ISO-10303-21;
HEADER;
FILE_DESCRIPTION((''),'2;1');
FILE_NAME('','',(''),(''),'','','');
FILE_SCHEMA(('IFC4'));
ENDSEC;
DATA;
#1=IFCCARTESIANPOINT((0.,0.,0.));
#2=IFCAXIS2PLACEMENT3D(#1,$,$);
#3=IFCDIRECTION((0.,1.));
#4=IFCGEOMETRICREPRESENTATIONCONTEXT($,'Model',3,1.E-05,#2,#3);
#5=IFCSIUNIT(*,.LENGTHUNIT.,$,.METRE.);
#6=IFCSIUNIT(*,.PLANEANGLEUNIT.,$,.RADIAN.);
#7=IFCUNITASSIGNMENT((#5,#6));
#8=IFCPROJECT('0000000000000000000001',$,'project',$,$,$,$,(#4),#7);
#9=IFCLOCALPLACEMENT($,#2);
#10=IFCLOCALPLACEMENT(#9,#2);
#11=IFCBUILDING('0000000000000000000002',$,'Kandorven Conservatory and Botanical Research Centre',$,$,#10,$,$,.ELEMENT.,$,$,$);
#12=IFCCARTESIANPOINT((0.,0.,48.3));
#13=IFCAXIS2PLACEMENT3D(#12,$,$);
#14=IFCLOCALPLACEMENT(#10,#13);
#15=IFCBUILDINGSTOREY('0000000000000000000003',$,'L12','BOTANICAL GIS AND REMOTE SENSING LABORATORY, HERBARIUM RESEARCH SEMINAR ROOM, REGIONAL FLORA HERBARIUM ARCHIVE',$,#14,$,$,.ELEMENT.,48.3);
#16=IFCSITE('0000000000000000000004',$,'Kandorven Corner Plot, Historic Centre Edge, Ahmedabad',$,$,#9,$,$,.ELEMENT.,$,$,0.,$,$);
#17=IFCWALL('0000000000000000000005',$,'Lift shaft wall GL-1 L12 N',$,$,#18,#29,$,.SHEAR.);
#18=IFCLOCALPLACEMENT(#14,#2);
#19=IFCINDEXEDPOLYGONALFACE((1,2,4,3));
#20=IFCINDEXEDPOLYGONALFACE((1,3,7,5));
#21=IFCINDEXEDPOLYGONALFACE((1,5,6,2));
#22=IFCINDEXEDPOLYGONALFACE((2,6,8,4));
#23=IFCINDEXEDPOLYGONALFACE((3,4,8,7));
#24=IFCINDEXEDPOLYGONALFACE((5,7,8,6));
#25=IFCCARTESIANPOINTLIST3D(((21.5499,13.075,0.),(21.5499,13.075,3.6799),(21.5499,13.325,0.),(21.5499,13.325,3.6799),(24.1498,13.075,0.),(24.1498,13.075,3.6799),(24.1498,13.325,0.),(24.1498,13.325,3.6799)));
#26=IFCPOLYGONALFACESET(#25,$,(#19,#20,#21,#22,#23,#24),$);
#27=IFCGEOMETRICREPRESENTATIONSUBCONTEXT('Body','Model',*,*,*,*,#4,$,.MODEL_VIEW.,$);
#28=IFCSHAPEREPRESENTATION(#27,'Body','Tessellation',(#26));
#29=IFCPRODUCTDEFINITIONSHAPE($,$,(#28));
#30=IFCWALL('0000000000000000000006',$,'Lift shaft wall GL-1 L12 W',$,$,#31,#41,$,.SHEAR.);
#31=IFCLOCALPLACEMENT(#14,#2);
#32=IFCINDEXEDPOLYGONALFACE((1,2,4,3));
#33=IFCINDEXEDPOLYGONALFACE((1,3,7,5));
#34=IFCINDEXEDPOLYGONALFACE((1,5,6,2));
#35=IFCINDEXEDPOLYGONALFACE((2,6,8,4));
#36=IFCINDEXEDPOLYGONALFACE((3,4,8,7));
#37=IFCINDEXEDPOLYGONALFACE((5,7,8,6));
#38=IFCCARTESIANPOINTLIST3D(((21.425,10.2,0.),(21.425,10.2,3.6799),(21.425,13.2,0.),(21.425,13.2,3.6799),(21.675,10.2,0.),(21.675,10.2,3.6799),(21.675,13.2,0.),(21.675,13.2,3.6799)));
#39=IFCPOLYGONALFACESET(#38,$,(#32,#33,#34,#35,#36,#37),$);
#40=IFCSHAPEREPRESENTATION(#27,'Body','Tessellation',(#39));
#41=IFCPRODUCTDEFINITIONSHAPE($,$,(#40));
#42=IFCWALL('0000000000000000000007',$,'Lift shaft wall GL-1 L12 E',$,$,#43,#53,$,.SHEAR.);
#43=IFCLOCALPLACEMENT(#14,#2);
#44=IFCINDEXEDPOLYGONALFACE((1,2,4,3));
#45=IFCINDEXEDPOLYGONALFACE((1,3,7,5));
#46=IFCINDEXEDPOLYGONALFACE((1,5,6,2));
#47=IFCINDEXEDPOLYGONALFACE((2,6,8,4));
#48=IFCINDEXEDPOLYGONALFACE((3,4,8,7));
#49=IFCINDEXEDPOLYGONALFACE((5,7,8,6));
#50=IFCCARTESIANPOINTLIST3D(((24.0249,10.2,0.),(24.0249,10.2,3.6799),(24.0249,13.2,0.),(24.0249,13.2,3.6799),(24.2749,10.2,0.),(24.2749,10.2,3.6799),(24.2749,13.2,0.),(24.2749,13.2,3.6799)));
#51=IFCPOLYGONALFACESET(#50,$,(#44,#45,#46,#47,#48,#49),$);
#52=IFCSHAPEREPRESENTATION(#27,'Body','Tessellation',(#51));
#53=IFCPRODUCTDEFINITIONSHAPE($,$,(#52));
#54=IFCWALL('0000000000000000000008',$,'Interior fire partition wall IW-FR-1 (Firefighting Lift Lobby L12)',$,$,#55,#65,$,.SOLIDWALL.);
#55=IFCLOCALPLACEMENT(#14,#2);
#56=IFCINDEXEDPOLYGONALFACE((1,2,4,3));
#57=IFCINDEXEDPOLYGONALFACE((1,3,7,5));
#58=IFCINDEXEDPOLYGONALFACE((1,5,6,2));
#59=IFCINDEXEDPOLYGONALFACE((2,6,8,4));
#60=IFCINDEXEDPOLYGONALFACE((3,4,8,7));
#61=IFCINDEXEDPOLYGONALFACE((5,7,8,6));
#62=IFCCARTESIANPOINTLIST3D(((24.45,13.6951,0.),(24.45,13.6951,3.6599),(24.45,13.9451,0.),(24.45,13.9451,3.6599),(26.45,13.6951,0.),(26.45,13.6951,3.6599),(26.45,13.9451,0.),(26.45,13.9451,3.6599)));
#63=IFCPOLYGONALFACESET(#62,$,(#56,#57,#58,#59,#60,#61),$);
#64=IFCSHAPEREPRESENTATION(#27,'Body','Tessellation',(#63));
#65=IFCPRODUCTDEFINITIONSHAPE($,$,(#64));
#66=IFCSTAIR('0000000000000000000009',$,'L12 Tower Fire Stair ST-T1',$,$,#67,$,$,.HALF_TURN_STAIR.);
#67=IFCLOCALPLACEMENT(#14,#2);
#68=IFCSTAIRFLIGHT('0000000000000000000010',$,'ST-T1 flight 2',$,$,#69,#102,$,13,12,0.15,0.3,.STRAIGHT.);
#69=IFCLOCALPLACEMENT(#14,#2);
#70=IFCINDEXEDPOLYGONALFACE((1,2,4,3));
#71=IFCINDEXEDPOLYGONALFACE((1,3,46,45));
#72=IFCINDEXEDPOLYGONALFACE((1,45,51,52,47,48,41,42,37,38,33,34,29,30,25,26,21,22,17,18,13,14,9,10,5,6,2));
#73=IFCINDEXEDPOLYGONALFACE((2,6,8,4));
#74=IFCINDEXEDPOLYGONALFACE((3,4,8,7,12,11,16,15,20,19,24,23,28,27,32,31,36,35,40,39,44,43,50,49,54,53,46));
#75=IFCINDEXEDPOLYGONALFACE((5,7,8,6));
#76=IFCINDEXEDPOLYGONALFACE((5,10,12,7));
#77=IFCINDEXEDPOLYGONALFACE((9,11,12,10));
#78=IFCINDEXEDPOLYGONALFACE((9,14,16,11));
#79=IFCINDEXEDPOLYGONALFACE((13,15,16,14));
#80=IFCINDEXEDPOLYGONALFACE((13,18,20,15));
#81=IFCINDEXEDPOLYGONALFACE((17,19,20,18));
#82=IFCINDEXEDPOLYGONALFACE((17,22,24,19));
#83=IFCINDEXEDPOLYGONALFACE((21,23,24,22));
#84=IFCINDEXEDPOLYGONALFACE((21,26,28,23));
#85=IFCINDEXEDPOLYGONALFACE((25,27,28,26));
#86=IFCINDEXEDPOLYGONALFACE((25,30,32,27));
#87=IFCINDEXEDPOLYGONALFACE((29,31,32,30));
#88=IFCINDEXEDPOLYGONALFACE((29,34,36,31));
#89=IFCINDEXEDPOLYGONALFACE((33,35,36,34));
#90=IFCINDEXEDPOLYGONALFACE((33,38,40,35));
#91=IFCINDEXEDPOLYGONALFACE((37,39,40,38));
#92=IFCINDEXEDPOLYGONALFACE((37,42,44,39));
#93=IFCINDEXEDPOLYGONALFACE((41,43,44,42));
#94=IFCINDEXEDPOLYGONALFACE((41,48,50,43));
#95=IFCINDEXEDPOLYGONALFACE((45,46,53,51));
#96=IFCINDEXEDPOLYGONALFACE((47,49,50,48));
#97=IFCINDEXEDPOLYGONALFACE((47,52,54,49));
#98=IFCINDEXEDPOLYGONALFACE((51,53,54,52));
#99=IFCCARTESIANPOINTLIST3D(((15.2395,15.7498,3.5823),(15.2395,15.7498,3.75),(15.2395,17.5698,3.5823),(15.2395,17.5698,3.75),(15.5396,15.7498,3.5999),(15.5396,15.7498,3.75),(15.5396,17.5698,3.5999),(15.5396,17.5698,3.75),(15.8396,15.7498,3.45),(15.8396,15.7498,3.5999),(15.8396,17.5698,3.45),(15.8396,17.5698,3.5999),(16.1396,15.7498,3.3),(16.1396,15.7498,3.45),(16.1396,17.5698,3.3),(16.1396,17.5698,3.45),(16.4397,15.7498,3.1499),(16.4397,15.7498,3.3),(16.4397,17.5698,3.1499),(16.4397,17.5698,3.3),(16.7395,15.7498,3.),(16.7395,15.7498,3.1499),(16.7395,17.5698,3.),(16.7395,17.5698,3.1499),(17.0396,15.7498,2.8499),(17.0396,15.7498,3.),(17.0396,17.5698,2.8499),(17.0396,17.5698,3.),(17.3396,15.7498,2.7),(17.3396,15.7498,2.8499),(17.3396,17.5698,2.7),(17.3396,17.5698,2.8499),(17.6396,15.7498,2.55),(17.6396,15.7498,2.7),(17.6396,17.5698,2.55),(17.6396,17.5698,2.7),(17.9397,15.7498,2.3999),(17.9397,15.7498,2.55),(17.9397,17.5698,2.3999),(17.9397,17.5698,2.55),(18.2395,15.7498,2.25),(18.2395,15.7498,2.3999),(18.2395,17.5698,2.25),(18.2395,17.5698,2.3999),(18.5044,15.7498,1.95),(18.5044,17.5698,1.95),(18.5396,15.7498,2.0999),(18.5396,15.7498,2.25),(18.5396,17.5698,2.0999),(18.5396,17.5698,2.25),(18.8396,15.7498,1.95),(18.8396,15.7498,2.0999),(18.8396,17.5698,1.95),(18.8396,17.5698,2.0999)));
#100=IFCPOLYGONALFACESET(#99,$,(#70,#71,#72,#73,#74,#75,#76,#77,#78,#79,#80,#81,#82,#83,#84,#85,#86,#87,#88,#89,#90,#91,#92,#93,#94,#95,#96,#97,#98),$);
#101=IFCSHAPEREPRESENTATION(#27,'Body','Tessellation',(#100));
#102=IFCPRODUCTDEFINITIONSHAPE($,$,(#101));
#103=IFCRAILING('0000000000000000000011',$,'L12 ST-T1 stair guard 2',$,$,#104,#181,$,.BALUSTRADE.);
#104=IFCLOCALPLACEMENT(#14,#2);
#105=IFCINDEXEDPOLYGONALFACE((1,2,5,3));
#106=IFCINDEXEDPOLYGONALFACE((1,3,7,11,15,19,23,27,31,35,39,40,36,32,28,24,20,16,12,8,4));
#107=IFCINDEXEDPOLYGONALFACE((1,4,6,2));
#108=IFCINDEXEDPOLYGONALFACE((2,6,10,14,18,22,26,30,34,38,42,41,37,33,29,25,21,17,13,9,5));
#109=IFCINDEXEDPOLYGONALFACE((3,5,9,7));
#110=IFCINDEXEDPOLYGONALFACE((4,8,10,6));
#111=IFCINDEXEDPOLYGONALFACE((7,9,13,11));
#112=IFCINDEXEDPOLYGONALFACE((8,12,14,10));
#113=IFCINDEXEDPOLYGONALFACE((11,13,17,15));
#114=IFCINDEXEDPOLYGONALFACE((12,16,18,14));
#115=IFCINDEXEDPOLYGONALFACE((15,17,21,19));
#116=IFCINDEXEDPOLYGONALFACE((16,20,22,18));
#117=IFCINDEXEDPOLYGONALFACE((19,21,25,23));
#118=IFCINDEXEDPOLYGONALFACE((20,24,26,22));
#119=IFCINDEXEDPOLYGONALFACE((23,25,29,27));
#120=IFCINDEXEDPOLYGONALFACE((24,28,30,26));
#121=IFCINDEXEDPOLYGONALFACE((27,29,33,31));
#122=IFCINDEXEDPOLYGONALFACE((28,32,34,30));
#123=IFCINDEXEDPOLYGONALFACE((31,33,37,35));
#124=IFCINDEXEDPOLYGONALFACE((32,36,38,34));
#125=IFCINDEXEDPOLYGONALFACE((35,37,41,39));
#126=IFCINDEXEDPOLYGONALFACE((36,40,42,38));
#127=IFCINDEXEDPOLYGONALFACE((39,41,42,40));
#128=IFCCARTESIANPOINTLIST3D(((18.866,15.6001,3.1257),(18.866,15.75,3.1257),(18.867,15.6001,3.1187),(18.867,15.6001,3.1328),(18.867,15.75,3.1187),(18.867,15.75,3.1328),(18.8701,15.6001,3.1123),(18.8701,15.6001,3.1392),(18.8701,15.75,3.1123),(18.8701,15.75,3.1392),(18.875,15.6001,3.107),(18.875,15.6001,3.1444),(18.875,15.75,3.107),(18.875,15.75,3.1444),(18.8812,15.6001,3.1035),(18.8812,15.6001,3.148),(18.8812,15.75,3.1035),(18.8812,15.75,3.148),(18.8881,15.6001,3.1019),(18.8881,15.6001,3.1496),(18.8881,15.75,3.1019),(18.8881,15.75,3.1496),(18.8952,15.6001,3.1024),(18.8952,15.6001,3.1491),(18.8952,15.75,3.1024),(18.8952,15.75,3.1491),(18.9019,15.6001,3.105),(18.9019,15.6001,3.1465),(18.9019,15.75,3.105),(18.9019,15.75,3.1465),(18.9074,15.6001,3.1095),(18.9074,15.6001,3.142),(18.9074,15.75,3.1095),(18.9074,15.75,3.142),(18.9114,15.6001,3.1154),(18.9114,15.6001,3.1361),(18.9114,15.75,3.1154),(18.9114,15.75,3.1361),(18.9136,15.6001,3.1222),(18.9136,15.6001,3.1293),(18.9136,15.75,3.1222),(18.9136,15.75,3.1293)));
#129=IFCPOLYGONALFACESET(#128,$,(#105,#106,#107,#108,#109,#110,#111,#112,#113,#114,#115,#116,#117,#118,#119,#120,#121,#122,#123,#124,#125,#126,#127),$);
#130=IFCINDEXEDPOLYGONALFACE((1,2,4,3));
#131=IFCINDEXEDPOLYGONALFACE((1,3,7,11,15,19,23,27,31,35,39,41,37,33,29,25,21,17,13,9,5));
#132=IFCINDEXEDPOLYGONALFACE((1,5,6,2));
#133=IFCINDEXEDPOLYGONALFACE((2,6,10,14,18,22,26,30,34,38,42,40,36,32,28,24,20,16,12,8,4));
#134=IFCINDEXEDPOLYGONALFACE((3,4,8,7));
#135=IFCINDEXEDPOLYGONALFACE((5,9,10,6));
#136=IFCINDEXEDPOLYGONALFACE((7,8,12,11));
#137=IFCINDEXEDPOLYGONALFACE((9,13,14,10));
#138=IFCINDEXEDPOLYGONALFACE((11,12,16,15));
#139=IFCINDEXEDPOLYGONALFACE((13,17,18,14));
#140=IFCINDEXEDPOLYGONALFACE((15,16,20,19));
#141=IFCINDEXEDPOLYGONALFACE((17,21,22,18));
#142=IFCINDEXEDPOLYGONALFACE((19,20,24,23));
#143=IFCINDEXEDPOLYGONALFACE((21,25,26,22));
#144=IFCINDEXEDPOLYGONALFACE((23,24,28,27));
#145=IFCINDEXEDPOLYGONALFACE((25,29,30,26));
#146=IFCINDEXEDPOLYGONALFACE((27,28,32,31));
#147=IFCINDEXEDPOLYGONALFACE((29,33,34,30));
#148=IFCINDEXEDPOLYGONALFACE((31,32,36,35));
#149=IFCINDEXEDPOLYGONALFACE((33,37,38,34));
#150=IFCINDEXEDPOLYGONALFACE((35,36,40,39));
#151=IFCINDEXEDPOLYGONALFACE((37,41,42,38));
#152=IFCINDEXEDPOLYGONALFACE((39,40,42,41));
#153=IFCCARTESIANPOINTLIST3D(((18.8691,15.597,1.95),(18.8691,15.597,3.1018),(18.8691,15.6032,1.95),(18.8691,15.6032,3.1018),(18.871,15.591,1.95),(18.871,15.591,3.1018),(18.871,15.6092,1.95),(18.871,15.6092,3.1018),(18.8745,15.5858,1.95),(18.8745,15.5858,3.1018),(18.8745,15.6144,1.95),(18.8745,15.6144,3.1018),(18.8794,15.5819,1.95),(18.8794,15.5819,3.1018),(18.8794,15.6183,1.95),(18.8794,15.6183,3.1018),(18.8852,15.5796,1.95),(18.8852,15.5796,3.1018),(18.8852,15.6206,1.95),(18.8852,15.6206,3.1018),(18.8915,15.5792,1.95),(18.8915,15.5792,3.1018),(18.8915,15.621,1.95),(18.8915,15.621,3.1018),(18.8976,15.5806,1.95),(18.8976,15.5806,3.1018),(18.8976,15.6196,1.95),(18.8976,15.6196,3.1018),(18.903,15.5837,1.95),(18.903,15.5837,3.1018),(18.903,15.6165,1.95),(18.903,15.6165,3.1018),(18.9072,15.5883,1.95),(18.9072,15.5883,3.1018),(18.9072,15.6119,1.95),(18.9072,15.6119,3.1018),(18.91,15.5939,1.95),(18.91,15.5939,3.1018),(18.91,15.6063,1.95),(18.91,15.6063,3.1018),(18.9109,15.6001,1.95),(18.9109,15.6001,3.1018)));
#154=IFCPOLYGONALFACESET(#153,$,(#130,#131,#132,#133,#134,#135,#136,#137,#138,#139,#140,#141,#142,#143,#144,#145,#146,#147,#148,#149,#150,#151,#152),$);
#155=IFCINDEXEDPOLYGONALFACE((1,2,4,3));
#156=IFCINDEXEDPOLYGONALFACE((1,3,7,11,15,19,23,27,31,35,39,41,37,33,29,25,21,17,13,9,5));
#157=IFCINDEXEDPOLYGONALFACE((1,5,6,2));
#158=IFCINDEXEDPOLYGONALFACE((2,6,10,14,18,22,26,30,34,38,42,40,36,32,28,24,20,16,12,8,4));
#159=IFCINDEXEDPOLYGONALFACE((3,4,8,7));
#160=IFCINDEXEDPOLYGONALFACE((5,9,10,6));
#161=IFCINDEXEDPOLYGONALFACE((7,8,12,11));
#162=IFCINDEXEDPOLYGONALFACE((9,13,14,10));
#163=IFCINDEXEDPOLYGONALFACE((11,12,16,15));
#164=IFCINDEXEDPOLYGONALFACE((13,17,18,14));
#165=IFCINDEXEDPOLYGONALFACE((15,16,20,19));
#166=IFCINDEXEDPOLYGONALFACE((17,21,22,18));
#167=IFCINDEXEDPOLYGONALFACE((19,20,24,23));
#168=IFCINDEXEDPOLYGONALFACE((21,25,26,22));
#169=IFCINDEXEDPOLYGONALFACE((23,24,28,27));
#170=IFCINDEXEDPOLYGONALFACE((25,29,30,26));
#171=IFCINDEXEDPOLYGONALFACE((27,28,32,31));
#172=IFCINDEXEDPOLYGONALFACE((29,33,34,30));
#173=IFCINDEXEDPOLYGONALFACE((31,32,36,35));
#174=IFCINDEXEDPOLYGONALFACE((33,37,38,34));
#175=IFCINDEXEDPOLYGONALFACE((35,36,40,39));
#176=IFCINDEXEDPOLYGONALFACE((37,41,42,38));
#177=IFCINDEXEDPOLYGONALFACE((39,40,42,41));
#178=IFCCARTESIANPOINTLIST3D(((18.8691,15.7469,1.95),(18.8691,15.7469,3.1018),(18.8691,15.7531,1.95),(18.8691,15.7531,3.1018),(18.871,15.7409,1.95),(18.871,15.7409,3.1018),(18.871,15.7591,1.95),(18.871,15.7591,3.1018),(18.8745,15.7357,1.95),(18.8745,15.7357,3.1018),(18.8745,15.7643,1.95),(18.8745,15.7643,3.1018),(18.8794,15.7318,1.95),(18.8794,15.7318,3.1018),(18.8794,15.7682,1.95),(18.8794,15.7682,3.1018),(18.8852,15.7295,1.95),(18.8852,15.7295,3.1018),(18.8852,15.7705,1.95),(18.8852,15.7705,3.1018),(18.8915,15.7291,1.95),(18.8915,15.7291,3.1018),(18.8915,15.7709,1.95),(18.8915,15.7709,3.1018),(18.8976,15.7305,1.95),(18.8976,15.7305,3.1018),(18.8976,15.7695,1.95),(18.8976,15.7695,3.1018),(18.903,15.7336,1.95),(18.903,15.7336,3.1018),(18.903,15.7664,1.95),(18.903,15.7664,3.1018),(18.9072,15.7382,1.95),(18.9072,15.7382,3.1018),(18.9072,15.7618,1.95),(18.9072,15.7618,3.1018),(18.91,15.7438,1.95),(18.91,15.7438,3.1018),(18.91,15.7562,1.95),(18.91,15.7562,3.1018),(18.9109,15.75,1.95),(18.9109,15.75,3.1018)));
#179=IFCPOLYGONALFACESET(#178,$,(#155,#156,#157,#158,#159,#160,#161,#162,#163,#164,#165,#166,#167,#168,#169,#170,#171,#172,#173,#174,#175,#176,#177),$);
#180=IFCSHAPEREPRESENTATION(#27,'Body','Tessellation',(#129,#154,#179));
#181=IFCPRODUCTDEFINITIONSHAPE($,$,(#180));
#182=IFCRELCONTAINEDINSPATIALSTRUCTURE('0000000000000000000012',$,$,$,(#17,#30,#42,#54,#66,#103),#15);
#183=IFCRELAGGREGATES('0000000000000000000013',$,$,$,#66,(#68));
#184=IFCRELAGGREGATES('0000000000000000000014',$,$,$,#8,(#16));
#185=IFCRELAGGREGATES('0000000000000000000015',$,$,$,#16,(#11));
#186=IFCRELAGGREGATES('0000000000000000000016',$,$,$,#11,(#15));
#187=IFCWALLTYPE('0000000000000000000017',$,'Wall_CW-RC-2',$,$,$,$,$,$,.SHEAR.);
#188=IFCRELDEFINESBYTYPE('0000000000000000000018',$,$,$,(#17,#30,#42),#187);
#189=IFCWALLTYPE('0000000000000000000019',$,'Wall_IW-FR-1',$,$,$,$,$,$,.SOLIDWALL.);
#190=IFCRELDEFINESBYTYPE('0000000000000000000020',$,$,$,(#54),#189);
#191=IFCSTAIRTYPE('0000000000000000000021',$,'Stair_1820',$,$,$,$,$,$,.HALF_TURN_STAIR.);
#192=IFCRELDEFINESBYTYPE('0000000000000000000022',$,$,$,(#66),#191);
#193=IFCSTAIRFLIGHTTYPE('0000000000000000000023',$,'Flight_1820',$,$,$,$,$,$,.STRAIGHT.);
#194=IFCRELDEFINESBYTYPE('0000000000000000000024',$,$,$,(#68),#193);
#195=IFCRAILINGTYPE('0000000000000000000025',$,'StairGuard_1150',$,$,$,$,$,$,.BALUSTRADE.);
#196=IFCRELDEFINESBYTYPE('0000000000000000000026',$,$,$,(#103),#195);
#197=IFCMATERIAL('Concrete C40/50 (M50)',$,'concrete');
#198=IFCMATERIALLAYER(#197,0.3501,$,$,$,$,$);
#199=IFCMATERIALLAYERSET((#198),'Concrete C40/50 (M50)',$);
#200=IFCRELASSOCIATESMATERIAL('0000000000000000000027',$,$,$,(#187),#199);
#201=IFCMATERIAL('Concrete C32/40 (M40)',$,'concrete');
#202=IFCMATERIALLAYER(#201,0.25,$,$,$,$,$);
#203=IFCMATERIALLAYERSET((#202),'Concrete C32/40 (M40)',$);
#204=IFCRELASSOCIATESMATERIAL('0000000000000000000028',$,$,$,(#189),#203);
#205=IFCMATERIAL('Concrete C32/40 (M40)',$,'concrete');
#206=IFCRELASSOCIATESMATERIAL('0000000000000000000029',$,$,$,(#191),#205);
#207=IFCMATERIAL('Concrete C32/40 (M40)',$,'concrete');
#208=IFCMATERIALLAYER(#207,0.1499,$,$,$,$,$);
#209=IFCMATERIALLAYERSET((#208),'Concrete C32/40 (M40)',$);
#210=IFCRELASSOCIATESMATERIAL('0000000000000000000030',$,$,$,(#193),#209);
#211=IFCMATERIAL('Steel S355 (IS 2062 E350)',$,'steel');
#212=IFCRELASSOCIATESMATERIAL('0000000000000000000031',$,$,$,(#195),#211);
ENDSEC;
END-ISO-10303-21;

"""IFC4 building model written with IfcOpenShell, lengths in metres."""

from ifc_helpers import new_model, si_unit, direction, frame, frame_2d, origin, origin_2d, place, context, subcontext, project, spatial, polyline, rectangle, circle, outline, extrude, material, layer, layer_set, type_object, element, aggregate, save


model = new_model("IFC4")

# Units and contexts
model_context = context("Model", 3, precision=1e-05, world=origin(), true_north=direction((0.0, 1.0)))
body_context = subcontext(model_context, "Body", "Model", "MODEL_VIEW")
ifc_project = project(units=[si_unit("LENGTHUNIT", "METRE"), si_unit("PLANEANGLEUNIT", "RADIAN")], contexts=[model_context])

# Site, building, storey
site_placement = place(None, origin())
site = spatial("IfcSite", under=ifc_project, at=site_placement, Name="Kandorven Corner Plot, Historic Centre Edge, Ahmedabad", CompositionType="ELEMENT", RefElevation=0.0)
building_placement = place(site_placement, origin())
building = spatial("IfcBuilding", under=site, at=building_placement, Name="Kandorven Conservatory and Botanical Research Centre", CompositionType="ELEMENT")
storey_placement = place(building_placement, frame((0.0, 0.0, 48.3)))
storey = spatial("IfcBuildingStorey", under=building, at=storey_placement, Name="L12", Description="BOTANICAL GIS AND REMOTE SENSING LABORATORY, HERBARIUM RESEARCH SEMINAR ROOM, REGIONAL FLORA HERBARIUM ARCHIVE", CompositionType="ELEMENT", Elevation=48.3)

# Shared definitions
ifc_material_1 = material(Name="Concrete C40/50 (M50)", Category="concrete")
ifc_layer_1 = layer(ifc_material_1, 0.3501)
ifc_layer_set_1 = layer_set([ifc_layer_1], Name="Concrete C40/50 (M50)")
wall_type_1 = type_object("IfcWallType", Name="Wall_CW-RC-2", PredefinedType="SHEAR", material=ifc_layer_set_1)

# Walls
wall_1_placement = place(storey_placement, frame((21.55, 13.2, 0.0), z_axis=(0.0, 0.0, 1.0), x_axis=(1.0, 0.0, 0.0)))
element("IfcWall", 1, at=wall_1_placement, inside=storey, type_object=wall_type_1, Name="Lift shaft wall GL-1 L12 N", PredefinedType="SHEAR", context=body_context, shape_type="SweptSolid", body=[
    extrude(rectangle(XDim=2.5999, YDim=0.25, at=frame_2d((1.2998, 0.0))), origin(), (0.0, 0.0, 1.0), 3.6799),
])
for number, where, z_axis, x_axis, name in (
    (2, (21.55, 10.2, 0.0), (0.0, 0.0, 1.0), (0.0, 1.0, 0.0), "Lift shaft wall GL-1 L12 W"),
    (3, (24.1499, 10.2, 0.0), (0.0, 0.0, 1.0), (0.0, 1.0, 0.0), "Lift shaft wall GL-1 L12 E"),
):
    element("IfcWall", number, at=place(storey_placement, frame(where, z_axis=z_axis, x_axis=x_axis)), inside=storey, type_object=wall_type_1, Name=name, PredefinedType="SHEAR", context=body_context, shape_type="SweptSolid", body=[
        extrude(rectangle(XDim=3.0, YDim=0.25, at=frame_2d((1.5, 0.0))), origin(), (0.0, 0.0, 1.0), 3.6799),
    ])
ifc_material_2 = material(Name="Concrete C32/40 (M40)", Category="concrete")
ifc_layer_2 = layer(ifc_material_2, 0.25)
ifc_layer_set_2 = layer_set([ifc_layer_2], Name="Concrete C32/40 (M40)")
wall_type_2 = type_object("IfcWallType", Name="Wall_IW-FR-1", PredefinedType="SOLIDWALL", material=ifc_layer_set_2)
wall_2_placement = place(storey_placement, frame((24.45, 13.8201, 0.0), z_axis=(0.0, 0.0, 1.0), x_axis=(1.0, 0.0, 0.0)))
element("IfcWall", 4, at=wall_2_placement, inside=storey, type_object=wall_type_2, Name="Interior fire partition wall IW-FR-1 (Firefighting Lift Lobby L12)", PredefinedType="SOLIDWALL", context=body_context, shape_type="SweptSolid", body=[
    extrude(rectangle(XDim=2.0, YDim=0.25, at=frame_2d((1.0, 0.0))), origin(), (0.0, 0.0, 1.0), 3.6599),
])

# Stair, stair flight
ifc_material_3 = material(Name="Concrete C32/40 (M40)", Category="concrete")
stair_type = type_object("IfcStairType", Name="Stair_1820", PredefinedType="HALF_TURN_STAIR", material=ifc_material_3)
stair_placement = place(storey_placement, origin())
stair = element("IfcStair", 5, at=stair_placement, inside=storey, type_object=stair_type, Name="L12 Tower Fire Stair ST-T1", PredefinedType="HALF_TURN_STAIR")
ifc_material_4 = material(Name="Concrete C32/40 (M40)", Category="concrete")
ifc_layer_3 = layer(ifc_material_4, 0.1499)
ifc_layer_set_3 = layer_set([ifc_layer_3], Name="Concrete C32/40 (M40)")
stair_flight_type = type_object("IfcStairFlightType", Name="Flight_1820", PredefinedType="STRAIGHT", material=ifc_layer_set_3)
stair_flight_placement = place(storey_placement, frame((18.8396, 16.6599, 1.95), z_axis=(0.0, 0.0, 1.0), x_axis=(-1.0, 0.0, 0.0)))
stair_flight = element("IfcStairFlight", 6, at=stair_flight_placement, type_object=stair_flight_type, Name="ST-T1 flight 2", NumberOfRisers=13, NumberOfTreads=12, PredefinedType="STRAIGHT", RiserHeight=0.15, TreadLength=0.3, context=body_context, shape_type="SweptSolid", body=[
    extrude(outline(polyline([(0.0, 0.0), (0.0, 0.1499), (0.3, 0.1499), (0.3, 0.3), (0.6001, 0.3), (0.6001, 0.45), (0.8999, 0.45), (0.8999, 0.6001), (1.2, 0.6001), (1.2, 0.75), (1.5, 0.75), (1.5, 0.8999), (1.8, 0.8999), (1.8, 1.05), (2.1001, 1.05), (2.1001, 1.2), (2.3999, 1.2), (2.3999, 1.3501), (2.7, 1.3501), (2.7, 1.5), (3.0, 1.5), (3.0, 1.6499), (3.3, 1.6499), (3.3, 1.8), (3.6001, 1.8), (3.6001, 1.95), (3.6001, 1.6323), (0.3352, 0.0), (0.0, 0.0)])), frame((0.0, 0.9102, 0.0), z_axis=(0.0, -1.0, 0.0), x_axis=(1.0, 0.0, 0.0)), (0.0, 0.0, 1.0), 1.8201),
])
aggregate(stair, [stair_flight])

# Railing
ifc_material_5 = material(Name="Steel S355 (IS 2062 E350)", Category="steel")
railing_type_1 = type_object("IfcRailingType", Name="StairGuard_1150", PredefinedType="BALUSTRADE", material=ifc_material_5)
railing_1_placement = place(storey_placement, frame((18.8899, 15.6001, 1.95)))
element("IfcRailing", 7, at=railing_1_placement, inside=storey, type_object=railing_type_1, Name="L12 ST-T1 stair guard 2", PredefinedType="BALUSTRADE", context=body_context, shape_type="SweptSolid", body=[
    extrude(circle(Radius=0.0239, at=origin_2d()), frame((0.0, 0.0, 1.1758), z_axis=(0.0, 1.0, 0.0), x_axis=(-1.0, 0.0, 0.0)), (0.0, 0.0, 1.0), 0.1499),
    extrude(circle(Radius=0.021, at=origin_2d()), origin(), (0.0, 0.0, 1.0), 1.1519),
    extrude(circle(Radius=0.021, at=origin_2d()), frame((0.0, 0.1499, 0.0)), (0.0, 0.0, 1.0), 1.1519),
])

save(model, "model.ifc")
